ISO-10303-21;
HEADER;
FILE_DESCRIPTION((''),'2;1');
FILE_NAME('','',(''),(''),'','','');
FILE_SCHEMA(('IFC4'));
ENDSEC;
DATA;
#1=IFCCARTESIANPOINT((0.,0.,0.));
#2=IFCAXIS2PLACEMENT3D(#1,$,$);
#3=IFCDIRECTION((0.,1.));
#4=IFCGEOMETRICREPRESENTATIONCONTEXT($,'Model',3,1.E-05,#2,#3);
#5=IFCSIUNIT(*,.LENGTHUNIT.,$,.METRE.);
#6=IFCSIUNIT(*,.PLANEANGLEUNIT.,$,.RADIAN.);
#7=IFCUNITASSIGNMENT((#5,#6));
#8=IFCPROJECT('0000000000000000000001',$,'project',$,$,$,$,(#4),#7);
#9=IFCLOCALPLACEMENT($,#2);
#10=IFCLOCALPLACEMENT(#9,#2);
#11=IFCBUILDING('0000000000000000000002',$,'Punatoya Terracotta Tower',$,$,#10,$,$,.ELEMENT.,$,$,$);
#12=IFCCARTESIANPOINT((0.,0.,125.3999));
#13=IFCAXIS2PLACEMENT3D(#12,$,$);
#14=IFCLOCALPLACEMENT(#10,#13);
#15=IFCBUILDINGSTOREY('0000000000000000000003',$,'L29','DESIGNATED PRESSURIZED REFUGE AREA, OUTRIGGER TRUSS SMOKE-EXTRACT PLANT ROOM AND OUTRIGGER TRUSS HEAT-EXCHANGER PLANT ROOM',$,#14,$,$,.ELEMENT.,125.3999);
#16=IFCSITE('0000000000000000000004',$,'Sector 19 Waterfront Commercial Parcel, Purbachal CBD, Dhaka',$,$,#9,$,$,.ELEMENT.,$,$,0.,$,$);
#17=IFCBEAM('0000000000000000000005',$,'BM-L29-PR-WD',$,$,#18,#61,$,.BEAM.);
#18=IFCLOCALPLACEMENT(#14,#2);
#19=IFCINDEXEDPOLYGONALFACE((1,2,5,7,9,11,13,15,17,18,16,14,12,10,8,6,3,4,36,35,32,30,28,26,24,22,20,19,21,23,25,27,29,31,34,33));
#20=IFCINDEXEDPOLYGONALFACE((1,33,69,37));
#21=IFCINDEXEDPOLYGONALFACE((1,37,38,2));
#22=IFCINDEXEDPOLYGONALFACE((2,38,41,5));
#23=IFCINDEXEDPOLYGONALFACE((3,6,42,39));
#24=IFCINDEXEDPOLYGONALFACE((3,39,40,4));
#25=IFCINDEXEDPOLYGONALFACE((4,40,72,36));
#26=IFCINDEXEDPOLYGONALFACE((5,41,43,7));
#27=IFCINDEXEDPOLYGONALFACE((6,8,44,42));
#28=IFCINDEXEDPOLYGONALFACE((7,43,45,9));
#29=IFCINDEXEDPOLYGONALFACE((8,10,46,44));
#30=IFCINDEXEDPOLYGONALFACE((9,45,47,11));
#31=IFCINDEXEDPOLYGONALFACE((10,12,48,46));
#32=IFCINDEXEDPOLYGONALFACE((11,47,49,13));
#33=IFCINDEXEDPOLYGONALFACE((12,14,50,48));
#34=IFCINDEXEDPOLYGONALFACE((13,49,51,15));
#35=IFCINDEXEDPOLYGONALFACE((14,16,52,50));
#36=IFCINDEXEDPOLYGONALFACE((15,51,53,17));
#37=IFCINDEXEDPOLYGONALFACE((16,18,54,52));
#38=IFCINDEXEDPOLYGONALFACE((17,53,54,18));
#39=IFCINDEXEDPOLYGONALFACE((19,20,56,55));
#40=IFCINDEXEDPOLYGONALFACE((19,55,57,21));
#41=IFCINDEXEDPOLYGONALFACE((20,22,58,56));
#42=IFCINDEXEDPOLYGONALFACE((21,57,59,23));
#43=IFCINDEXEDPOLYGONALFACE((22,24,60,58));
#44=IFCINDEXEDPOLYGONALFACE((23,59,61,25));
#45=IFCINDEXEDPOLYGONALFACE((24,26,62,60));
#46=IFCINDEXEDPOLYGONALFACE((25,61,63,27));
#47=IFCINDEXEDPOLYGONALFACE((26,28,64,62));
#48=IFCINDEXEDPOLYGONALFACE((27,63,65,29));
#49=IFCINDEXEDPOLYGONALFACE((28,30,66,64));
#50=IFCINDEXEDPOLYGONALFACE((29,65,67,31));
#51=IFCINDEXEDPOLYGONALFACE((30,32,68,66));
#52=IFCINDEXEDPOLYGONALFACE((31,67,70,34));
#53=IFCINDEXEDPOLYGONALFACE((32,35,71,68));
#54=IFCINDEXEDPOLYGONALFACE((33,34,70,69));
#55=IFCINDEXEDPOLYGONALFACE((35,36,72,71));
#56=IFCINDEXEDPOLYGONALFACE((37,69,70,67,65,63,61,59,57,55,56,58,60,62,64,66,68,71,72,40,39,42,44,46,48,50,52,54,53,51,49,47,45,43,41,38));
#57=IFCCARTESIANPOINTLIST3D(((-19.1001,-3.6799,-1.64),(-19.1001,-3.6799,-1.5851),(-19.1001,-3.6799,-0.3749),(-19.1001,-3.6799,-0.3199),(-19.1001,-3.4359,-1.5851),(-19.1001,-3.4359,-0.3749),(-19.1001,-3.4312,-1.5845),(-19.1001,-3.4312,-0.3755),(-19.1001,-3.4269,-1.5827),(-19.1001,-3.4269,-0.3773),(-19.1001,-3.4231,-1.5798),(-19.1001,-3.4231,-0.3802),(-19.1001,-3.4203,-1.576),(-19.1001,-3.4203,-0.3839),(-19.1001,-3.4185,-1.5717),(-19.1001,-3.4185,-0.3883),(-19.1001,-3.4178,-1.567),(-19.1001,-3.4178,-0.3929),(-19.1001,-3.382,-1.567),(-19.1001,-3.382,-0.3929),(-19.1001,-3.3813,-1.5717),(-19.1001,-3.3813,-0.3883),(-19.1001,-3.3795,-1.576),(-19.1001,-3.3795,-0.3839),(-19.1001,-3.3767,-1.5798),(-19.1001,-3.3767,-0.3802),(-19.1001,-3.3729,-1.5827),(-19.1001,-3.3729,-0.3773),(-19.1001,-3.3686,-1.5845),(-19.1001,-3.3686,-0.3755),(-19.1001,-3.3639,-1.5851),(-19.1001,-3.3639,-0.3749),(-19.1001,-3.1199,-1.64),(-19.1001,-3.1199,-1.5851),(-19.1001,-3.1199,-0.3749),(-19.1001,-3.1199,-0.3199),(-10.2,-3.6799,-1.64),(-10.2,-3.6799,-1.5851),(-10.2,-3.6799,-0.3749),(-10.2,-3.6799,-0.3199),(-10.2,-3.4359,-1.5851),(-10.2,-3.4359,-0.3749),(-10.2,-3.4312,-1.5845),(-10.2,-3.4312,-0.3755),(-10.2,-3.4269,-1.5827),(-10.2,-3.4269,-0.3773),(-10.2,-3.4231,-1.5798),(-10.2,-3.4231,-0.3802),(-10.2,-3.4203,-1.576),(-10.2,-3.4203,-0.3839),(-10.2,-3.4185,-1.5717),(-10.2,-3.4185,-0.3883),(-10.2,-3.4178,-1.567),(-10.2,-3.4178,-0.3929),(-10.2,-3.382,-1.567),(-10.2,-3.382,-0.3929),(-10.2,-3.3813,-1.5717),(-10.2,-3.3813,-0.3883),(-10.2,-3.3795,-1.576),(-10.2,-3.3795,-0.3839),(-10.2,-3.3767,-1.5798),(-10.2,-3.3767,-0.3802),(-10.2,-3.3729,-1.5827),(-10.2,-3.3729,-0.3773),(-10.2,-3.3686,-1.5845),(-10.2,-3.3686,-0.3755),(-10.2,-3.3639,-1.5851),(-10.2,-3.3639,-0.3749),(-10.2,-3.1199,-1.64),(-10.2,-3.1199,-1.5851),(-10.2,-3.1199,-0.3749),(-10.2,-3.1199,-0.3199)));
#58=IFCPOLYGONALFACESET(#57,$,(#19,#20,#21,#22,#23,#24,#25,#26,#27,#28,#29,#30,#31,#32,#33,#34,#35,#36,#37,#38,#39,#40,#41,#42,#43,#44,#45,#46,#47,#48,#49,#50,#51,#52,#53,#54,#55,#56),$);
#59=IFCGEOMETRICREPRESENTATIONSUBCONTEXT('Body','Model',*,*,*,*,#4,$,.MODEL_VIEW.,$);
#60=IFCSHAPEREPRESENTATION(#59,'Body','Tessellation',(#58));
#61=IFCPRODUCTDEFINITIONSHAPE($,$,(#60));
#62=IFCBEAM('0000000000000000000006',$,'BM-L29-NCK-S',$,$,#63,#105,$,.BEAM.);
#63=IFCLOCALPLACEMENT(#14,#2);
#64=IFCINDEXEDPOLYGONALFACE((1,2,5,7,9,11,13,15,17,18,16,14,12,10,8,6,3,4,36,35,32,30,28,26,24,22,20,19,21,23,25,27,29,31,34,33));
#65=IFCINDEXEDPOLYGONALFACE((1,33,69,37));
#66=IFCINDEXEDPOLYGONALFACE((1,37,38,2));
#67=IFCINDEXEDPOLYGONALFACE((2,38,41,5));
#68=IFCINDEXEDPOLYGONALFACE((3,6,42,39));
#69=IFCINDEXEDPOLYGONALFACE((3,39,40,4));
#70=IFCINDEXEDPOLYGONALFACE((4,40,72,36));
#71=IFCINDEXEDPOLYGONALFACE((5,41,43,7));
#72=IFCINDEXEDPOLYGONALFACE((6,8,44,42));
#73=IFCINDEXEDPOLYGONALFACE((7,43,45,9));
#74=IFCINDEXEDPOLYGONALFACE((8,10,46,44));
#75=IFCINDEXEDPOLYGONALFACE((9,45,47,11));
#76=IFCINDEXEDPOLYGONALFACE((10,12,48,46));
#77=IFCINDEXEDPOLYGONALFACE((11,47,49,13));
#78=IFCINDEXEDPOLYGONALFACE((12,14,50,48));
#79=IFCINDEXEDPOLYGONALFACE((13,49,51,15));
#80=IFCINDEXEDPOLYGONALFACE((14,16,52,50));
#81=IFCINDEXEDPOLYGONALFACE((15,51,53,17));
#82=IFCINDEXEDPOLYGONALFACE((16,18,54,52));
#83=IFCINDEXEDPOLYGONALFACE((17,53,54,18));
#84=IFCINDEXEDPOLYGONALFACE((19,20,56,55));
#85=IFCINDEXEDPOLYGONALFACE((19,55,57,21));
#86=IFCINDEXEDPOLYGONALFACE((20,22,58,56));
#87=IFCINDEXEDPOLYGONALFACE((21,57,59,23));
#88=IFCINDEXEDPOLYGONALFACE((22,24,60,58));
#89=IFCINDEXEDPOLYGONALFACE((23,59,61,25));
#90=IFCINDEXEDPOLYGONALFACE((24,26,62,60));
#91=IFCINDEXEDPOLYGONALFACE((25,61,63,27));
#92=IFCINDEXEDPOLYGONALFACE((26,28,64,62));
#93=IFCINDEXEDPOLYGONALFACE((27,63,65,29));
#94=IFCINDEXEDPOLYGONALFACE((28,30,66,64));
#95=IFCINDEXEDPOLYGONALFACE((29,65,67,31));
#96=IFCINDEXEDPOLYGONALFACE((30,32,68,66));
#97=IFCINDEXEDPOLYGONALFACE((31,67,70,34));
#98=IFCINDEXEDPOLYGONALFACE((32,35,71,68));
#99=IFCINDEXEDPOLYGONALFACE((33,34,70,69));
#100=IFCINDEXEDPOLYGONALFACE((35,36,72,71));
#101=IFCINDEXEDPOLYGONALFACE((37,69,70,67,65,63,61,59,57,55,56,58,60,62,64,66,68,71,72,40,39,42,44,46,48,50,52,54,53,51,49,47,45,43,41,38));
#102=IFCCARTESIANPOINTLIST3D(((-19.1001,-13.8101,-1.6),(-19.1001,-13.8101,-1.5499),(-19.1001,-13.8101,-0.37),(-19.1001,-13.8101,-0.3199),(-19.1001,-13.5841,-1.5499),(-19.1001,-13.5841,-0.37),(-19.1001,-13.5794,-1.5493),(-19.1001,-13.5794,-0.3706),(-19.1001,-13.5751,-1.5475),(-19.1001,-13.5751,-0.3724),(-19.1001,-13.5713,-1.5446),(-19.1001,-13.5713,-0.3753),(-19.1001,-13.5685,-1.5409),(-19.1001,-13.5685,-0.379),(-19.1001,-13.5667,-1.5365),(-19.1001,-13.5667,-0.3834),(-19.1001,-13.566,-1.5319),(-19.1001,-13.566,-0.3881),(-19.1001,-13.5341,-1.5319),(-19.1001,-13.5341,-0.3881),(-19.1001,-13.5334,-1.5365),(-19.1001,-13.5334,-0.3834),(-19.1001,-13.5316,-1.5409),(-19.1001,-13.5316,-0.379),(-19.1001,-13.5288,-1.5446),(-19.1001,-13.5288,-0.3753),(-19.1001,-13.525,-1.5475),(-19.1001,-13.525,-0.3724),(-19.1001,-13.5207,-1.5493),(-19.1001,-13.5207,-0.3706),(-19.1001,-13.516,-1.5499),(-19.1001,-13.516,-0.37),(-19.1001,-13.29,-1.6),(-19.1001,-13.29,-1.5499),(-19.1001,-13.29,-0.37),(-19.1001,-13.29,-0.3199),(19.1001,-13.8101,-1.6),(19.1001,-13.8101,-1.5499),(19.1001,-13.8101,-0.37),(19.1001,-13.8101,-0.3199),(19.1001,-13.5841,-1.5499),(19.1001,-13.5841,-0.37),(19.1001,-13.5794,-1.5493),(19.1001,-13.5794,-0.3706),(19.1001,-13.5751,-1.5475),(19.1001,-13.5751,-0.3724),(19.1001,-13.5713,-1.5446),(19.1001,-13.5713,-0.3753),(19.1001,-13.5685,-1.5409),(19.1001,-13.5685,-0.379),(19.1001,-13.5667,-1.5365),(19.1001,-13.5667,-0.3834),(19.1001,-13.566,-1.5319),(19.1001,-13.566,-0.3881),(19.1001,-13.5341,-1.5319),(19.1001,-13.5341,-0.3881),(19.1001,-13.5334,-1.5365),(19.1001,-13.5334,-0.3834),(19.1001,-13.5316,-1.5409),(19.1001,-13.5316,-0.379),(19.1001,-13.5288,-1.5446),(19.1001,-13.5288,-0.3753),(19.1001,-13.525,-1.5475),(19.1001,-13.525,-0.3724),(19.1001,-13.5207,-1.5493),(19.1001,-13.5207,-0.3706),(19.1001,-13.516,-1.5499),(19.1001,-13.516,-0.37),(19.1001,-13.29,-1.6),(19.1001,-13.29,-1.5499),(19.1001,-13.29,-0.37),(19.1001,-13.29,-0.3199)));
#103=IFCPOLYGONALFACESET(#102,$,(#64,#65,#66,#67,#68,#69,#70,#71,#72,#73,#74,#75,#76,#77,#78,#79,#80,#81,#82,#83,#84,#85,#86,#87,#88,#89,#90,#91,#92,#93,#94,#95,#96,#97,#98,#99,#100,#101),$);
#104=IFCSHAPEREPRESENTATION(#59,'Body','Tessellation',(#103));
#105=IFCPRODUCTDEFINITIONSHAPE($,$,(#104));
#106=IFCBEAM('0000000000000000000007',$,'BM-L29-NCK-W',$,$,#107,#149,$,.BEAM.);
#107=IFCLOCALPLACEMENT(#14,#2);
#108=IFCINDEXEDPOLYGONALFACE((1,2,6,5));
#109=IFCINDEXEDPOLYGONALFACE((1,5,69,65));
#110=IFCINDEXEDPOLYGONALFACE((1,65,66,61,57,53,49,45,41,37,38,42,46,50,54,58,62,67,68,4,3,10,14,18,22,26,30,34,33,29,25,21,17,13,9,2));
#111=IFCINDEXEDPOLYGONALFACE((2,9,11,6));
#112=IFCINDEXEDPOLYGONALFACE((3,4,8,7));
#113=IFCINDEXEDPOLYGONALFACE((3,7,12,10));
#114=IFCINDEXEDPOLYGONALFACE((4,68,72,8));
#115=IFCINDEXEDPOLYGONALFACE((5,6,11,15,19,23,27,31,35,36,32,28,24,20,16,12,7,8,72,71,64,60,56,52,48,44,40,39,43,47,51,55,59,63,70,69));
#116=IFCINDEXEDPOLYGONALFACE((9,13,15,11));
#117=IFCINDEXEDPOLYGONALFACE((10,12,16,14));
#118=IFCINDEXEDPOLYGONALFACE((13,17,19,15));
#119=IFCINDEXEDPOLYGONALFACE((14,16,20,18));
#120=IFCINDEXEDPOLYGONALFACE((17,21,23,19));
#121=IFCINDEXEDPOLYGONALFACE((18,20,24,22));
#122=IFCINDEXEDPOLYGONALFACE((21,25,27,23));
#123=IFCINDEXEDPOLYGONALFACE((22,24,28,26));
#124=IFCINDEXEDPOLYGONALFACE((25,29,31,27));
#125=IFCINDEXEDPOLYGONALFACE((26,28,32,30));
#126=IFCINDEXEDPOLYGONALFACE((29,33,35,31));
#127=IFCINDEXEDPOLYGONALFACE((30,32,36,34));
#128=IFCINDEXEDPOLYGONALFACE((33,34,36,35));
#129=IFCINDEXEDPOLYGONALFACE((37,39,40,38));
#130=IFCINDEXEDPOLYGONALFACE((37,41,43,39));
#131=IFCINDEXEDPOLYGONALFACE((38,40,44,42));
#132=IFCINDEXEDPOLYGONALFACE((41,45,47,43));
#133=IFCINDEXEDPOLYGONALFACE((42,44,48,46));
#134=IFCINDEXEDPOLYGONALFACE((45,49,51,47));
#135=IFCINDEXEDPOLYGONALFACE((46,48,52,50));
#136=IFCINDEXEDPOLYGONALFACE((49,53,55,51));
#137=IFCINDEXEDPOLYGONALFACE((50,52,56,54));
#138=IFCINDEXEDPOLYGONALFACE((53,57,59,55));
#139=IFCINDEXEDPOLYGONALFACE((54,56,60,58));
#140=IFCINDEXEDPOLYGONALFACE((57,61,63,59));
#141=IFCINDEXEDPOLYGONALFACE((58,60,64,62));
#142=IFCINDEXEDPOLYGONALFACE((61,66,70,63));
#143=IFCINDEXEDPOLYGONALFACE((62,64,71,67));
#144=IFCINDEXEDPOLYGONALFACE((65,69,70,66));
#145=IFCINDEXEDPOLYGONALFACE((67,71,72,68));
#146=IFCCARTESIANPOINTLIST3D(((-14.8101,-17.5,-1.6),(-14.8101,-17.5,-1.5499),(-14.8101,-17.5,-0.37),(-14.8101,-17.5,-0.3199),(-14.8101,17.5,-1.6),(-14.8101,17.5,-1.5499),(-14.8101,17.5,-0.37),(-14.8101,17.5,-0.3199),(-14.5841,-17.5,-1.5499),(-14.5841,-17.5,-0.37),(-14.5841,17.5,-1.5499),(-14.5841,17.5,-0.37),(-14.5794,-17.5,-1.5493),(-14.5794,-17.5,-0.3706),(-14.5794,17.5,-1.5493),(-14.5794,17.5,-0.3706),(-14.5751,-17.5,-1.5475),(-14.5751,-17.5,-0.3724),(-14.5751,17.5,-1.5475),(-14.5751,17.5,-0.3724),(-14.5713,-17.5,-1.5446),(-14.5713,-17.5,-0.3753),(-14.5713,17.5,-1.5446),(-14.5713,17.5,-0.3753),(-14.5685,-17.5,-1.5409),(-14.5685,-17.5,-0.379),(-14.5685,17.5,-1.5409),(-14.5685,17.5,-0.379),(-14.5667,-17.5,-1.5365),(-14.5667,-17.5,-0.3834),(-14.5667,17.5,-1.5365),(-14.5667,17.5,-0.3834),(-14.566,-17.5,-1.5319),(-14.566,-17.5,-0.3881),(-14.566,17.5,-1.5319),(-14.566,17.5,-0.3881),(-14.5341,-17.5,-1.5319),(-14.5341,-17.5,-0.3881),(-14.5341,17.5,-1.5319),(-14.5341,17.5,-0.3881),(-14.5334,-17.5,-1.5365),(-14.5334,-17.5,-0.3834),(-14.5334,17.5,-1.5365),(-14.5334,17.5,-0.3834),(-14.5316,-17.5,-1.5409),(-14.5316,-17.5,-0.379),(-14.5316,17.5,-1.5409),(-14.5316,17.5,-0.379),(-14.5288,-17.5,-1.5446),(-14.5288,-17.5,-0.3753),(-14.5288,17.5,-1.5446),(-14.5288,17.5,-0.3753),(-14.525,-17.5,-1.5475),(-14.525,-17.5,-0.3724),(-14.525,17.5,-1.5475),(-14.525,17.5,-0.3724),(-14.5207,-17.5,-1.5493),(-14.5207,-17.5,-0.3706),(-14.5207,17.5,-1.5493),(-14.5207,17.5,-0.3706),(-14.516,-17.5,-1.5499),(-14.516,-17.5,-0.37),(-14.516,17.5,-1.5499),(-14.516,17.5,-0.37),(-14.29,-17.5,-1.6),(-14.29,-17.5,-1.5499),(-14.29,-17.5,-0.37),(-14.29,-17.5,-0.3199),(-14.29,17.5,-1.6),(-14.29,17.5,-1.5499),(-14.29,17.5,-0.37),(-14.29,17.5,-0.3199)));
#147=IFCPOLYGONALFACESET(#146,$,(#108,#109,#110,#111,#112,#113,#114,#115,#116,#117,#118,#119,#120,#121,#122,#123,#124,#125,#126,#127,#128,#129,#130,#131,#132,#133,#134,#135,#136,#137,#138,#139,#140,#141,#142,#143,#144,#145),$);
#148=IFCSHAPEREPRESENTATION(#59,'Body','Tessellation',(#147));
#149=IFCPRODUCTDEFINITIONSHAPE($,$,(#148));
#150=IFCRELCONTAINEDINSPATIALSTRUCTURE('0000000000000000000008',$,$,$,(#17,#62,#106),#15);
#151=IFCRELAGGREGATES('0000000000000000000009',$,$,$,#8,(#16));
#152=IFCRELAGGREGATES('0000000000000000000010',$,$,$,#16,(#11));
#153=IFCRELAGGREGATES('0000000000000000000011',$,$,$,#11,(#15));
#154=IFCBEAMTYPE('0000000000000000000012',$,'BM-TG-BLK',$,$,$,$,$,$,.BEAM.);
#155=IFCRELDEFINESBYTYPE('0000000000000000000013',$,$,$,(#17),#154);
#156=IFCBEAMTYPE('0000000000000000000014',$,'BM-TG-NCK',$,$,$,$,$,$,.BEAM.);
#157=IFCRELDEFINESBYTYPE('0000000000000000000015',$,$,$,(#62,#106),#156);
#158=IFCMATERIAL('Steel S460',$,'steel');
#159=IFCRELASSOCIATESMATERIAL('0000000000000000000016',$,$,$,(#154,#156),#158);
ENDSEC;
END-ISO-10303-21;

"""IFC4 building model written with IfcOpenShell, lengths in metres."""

from ifc_helpers import new_model, si_unit, direction, frame, origin, origin_2d, place, context, subcontext, project, spatial, i_section, extrude, material, material_profile, profile_set, type_object, element, save


model = new_model("IFC4")

# Units and contexts
model_context = context("Model", 3, precision=1e-05, world=origin(), true_north=direction((0.0, 1.0)))
body_context = subcontext(model_context, "Body", "Model", "MODEL_VIEW")
ifc_project = project(units=[si_unit("LENGTHUNIT", "METRE"), si_unit("PLANEANGLEUNIT", "RADIAN")], contexts=[model_context])

# Site, building, storey
site_placement = place(None, origin())
site = spatial("IfcSite", under=ifc_project, at=site_placement, Name="Sector 19 Waterfront Commercial Parcel, Purbachal CBD, Dhaka", CompositionType="ELEMENT", RefElevation=0.0)
building_placement = place(site_placement, origin())
building = spatial("IfcBuilding", under=site, at=building_placement, Name="Punatoya Terracotta Tower", CompositionType="ELEMENT")
storey_placement = place(building_placement, frame((0.0, 0.0, 125.3999)))
storey = spatial("IfcBuildingStorey", under=building, at=storey_placement, Name="L29", Description="DESIGNATED PRESSURIZED REFUGE AREA, OUTRIGGER TRUSS SMOKE-EXTRACT PLANT ROOM AND OUTRIGGER TRUSS HEAT-EXCHANGER PLANT ROOM", CompositionType="ELEMENT", Elevation=125.3999)

# Shared definitions
ifc_material_1 = material(Name="Steel S460", Category="steel")

# Beams
ifc_material_profile_1 = material_profile(ifc_material_1, i_section(OverallWidth=0.5601, OverallDepth=1.3201, WebThickness=0.0359, FlangeThickness=0.0549, FilletRadius=0.0181, at=origin_2d()))
ifc_profile_set_1 = profile_set([ifc_material_profile_1], Name="Steel S460")
beam_type_1 = type_object("IfcBeamType", Name="BM-TG-BLK", PredefinedType="BEAM", material=ifc_profile_set_1)
beam_1_placement = place(storey_placement, frame((-19.1001, -3.3999, -0.98), z_axis=(1.0, 0.0, 0.0), x_axis=(0.0, 1.0, 0.0)))
element("IfcBeam", 1, at=beam_1_placement, inside=storey, type_object=beam_type_1, Name="BM-L29-PR-WD", PredefinedType="BEAM", context=body_context, shape_type="SweptSolid", body=[
    extrude(i_section(OverallWidth=0.5601, OverallDepth=1.3201, WebThickness=0.0359, FlangeThickness=0.0549, FilletRadius=0.0181, at=origin_2d()), origin(), (0.0, 0.0, 1.0), 8.9001),
])
ifc_material_profile_2 = material_profile(ifc_material_1, i_section(OverallWidth=0.52, OverallDepth=1.28, WebThickness=0.032, FlangeThickness=0.05, FilletRadius=0.0181, at=origin_2d()))
ifc_profile_set_2 = profile_set([ifc_material_profile_2], Name="Steel S460")
beam_type_2 = type_object("IfcBeamType", Name="BM-TG-NCK", PredefinedType="BEAM", material=ifc_profile_set_2)
beam_2_placement = place(storey_placement, frame((-19.1001, -13.55, -0.96), z_axis=(1.0, 0.0, 0.0), x_axis=(0.0, 1.0, 0.0)))
element("IfcBeam", 2, at=beam_2_placement, inside=storey, type_object=beam_type_2, Name="BM-L29-NCK-S", PredefinedType="BEAM", context=body_context, shape_type="SweptSolid", body=[
    extrude(i_section(OverallWidth=0.52, OverallDepth=1.28, WebThickness=0.032, FlangeThickness=0.05, FilletRadius=0.0181, at=origin_2d()), origin(), (0.0, 0.0, 1.0), 38.2002),
])
beam_3_placement = place(storey_placement, frame((-14.55, -17.5, -0.96), z_axis=(0.0, 1.0, 0.0), x_axis=(-1.0, 0.0, 0.0)))
element("IfcBeam", 3, at=beam_3_placement, inside=storey, type_object=beam_type_2, Name="BM-L29-NCK-W", PredefinedType="BEAM", context=body_context, shape_type="SweptSolid", body=[
    extrude(i_section(OverallWidth=0.52, OverallDepth=1.28, WebThickness=0.032, FlangeThickness=0.05, FilletRadius=0.0181, at=origin_2d()), origin(), (0.0, 0.0, 1.0), 35.0),
])

save(model, "model.ifc")
